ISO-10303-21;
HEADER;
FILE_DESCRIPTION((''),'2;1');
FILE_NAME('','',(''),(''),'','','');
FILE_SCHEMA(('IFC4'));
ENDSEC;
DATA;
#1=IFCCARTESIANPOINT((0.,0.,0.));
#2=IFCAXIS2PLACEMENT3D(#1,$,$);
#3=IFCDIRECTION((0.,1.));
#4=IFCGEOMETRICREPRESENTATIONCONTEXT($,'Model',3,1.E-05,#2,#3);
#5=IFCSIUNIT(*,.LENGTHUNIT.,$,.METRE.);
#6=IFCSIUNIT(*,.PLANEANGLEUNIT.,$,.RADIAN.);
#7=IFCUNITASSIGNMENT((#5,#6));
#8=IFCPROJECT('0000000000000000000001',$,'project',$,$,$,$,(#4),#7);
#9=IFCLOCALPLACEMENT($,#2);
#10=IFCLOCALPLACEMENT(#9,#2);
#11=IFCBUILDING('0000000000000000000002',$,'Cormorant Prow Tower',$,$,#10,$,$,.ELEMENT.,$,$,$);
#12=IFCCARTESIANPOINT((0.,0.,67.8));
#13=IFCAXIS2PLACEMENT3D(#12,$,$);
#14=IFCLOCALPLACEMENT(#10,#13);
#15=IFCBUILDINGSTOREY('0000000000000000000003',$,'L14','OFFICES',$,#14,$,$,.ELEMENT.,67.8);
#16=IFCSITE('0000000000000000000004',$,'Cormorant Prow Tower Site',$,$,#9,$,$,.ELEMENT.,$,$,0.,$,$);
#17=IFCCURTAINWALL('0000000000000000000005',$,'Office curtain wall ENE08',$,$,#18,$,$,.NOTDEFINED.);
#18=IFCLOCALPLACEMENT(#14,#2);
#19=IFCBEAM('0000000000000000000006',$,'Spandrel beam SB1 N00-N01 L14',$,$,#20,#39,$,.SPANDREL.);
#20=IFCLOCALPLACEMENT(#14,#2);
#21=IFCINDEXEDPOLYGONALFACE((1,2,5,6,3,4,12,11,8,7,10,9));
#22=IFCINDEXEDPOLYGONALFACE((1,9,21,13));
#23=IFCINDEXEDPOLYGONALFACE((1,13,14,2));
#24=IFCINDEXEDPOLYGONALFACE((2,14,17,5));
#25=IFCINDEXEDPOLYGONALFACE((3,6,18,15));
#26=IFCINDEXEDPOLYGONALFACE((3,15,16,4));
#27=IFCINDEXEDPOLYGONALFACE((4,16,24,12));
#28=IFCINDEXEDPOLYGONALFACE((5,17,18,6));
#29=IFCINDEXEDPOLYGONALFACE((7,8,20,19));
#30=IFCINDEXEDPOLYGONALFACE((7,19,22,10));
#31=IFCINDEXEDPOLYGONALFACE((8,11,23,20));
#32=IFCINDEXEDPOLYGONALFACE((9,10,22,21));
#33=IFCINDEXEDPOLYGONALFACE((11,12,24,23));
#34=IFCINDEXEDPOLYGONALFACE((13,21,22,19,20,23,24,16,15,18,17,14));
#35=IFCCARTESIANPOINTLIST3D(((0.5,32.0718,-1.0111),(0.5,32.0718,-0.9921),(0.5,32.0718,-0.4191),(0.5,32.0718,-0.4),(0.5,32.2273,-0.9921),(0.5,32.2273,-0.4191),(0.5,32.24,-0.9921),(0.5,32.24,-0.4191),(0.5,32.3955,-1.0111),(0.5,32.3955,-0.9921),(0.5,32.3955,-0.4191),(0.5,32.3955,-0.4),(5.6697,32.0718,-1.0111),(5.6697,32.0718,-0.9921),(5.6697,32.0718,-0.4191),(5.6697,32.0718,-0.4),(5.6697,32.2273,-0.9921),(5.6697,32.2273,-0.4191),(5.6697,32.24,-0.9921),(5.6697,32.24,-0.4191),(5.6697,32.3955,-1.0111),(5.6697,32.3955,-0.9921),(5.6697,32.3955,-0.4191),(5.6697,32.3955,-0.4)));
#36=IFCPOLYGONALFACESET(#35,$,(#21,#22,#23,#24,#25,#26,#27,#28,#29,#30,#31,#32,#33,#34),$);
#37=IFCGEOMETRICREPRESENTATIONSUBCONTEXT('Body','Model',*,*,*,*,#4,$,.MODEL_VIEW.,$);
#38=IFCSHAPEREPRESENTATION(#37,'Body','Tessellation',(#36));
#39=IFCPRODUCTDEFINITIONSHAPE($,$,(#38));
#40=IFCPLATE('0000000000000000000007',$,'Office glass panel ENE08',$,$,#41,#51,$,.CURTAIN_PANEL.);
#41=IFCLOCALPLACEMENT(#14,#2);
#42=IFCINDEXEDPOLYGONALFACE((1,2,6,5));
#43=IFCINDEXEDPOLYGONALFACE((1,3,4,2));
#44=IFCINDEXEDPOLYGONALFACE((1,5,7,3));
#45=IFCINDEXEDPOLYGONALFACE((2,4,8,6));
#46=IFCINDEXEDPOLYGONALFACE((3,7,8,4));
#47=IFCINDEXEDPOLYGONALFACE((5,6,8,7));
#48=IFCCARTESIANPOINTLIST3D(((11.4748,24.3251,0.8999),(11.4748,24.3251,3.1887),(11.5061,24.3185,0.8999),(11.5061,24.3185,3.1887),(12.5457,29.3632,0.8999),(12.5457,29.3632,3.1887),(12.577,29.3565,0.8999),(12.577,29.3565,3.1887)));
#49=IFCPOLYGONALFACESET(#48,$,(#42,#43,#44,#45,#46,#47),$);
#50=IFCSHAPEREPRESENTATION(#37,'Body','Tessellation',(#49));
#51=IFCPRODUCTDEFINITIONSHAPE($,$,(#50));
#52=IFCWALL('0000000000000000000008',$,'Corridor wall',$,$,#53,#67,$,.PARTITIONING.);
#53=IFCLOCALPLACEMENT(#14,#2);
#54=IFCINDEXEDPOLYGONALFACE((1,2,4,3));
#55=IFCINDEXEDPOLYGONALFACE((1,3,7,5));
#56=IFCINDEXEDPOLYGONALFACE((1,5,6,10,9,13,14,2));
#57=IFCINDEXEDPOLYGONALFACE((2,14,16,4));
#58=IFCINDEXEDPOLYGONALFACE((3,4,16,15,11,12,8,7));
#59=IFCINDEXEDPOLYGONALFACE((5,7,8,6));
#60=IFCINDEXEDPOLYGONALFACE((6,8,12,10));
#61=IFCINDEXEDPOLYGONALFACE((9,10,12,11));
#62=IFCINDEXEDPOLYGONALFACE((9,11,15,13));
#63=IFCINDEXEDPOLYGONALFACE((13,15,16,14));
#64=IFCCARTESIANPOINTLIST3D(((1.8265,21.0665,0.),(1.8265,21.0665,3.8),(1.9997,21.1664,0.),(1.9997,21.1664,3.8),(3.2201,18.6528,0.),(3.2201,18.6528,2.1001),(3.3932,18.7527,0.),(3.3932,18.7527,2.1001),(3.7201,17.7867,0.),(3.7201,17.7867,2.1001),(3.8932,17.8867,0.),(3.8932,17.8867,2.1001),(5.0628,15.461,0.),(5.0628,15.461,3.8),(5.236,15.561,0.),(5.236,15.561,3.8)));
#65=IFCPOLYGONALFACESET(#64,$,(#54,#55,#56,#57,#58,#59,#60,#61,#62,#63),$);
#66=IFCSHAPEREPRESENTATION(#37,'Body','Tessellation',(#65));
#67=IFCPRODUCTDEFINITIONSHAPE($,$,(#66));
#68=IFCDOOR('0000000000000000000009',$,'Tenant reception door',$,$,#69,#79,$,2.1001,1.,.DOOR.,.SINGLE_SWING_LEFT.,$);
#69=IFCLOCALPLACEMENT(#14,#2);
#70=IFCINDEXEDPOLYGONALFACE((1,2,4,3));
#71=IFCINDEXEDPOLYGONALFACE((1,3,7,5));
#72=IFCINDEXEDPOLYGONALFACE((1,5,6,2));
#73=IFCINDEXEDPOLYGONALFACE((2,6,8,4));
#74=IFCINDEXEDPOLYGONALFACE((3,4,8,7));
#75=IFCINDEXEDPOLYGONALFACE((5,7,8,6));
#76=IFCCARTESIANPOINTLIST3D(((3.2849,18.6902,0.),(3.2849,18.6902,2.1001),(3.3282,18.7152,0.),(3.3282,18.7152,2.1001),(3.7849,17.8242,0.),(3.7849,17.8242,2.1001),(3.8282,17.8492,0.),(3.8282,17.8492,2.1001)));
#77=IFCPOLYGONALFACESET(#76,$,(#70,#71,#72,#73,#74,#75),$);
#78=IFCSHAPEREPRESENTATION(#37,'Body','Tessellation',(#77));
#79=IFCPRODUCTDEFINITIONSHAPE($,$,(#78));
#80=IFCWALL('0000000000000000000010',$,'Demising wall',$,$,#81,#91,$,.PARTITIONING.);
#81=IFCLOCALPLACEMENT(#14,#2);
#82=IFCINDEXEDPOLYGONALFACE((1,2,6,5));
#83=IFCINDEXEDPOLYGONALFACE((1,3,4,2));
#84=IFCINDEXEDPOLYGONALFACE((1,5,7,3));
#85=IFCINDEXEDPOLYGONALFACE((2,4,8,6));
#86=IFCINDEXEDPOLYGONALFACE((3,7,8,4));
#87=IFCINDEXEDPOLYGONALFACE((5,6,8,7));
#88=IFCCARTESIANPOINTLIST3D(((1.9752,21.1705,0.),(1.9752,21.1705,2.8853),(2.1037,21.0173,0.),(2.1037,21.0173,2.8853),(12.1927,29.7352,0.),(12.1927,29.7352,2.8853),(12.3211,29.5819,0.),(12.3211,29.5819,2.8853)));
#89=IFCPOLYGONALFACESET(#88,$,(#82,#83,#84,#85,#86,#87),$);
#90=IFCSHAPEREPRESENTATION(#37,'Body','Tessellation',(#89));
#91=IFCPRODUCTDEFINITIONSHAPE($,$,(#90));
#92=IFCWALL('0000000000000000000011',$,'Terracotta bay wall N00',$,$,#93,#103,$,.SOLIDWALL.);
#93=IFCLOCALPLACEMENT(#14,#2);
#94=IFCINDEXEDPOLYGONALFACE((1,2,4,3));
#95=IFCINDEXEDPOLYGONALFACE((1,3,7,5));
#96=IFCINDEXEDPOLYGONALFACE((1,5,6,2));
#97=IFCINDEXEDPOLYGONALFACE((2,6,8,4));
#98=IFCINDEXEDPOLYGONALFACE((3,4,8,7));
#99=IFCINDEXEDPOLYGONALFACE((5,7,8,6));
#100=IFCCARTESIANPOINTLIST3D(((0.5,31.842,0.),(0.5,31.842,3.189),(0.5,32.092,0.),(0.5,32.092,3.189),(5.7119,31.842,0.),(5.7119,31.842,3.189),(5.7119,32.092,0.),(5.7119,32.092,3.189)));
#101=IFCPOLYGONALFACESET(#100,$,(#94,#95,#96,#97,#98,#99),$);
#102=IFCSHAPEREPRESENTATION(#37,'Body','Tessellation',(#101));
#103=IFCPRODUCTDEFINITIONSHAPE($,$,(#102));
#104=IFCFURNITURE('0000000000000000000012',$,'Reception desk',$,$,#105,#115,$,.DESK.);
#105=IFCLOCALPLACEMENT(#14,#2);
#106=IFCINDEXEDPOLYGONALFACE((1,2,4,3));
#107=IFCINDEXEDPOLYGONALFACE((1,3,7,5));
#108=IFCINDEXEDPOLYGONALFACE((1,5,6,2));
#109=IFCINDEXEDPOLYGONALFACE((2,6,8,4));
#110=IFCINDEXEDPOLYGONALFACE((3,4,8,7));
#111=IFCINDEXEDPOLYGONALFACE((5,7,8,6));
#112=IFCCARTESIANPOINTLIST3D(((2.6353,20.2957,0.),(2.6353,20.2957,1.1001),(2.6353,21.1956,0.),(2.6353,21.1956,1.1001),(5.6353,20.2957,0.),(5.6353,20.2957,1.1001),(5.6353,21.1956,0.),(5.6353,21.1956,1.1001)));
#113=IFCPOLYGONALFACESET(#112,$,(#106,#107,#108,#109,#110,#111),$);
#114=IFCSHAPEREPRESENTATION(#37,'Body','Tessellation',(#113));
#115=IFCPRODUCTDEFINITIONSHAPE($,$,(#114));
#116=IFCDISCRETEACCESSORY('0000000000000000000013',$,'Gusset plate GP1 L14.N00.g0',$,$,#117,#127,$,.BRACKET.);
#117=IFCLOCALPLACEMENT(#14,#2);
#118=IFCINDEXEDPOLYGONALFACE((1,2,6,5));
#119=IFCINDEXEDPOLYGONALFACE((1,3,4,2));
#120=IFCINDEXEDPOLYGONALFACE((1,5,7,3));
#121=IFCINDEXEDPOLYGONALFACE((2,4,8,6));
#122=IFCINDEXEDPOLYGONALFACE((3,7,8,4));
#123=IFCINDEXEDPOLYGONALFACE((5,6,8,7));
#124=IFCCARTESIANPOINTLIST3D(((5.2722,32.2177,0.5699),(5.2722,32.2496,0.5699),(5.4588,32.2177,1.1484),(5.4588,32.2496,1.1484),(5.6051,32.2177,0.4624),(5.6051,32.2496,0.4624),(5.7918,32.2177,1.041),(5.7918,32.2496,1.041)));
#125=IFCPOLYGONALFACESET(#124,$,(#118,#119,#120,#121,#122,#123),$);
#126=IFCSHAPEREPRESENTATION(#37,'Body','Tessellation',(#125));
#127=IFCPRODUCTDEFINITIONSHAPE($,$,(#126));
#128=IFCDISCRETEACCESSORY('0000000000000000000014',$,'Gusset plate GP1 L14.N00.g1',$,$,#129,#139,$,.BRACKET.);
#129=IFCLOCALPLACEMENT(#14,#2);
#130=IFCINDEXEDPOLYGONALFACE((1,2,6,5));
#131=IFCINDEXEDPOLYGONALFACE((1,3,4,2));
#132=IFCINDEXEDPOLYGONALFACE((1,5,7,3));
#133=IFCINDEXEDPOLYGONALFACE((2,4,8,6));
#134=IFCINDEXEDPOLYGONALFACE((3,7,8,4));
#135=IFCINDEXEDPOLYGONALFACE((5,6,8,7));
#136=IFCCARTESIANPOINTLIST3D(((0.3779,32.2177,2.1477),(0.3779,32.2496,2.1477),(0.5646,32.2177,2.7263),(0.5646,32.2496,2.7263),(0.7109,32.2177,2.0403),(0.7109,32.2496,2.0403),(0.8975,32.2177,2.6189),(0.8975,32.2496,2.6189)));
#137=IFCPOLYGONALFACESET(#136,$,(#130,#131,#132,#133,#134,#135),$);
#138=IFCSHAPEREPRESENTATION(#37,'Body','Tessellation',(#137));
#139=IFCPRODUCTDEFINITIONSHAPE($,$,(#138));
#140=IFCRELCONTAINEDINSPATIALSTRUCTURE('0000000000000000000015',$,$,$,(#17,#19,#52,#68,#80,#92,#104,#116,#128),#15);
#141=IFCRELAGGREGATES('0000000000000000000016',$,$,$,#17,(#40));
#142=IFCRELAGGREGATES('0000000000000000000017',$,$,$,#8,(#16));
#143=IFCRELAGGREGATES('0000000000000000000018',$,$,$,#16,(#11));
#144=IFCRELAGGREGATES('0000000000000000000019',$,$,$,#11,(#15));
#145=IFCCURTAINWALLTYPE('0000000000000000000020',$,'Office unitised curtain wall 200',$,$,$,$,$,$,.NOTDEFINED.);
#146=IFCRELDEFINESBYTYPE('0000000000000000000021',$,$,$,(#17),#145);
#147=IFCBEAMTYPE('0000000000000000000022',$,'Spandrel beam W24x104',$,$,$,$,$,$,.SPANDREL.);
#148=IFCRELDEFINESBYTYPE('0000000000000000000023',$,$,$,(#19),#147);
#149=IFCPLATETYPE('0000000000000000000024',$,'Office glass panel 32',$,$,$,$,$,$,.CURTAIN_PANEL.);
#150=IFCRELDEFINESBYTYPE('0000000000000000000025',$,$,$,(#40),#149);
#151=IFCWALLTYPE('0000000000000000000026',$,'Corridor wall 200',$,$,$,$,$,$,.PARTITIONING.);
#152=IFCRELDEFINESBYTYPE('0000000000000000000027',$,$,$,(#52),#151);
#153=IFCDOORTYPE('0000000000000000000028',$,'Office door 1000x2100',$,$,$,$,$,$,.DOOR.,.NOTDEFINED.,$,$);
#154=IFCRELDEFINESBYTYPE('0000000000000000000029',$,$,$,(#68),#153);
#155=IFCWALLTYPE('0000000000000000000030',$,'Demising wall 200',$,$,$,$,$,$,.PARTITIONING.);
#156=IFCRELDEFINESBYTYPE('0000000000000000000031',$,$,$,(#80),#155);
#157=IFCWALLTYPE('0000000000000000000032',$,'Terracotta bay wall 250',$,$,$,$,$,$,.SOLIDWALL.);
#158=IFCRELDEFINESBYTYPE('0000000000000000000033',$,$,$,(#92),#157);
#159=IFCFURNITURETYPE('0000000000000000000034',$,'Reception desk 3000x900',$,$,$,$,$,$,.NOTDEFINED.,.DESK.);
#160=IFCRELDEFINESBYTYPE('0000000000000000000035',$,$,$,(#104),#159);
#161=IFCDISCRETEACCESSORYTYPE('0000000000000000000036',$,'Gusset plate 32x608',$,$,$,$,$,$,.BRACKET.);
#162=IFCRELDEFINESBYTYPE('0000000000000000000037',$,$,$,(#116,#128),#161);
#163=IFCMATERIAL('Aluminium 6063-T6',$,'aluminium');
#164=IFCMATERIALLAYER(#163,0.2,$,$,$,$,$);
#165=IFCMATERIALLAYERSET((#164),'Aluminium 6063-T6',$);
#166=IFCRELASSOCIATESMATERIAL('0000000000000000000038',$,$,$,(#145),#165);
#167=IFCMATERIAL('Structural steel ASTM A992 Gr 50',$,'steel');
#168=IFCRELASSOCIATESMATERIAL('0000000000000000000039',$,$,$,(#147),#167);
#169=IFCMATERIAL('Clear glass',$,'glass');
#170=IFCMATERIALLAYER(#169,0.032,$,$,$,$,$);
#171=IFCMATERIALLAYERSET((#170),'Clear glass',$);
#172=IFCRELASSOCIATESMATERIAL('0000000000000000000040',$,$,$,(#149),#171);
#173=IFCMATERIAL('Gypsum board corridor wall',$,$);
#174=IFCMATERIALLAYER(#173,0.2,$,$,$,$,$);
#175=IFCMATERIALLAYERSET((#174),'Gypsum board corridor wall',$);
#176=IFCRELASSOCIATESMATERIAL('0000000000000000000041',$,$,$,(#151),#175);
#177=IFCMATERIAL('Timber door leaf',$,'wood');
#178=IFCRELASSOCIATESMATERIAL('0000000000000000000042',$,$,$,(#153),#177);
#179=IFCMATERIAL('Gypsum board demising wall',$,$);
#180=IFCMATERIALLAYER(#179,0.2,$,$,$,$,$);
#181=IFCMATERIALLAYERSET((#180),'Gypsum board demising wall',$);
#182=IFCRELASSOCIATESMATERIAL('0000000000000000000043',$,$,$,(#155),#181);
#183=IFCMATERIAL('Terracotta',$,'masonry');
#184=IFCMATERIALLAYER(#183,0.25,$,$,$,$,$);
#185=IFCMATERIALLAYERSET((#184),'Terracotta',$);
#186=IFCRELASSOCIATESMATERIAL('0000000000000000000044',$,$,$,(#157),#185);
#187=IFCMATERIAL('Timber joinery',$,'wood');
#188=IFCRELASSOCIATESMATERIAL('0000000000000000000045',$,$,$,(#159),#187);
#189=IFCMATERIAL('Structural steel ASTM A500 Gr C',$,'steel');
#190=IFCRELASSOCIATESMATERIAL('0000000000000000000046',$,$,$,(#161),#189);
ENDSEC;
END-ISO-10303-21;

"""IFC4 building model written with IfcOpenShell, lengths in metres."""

from ifc_helpers import new_model, si_unit, direction, frame, frame_2d, origin, origin_2d, place, context, subcontext, project, spatial, rectangle, i_section, extrude, material, layer, layer_set, material_profile, profile_set, type_object, element, fill, aggregate, save


model = new_model("IFC4")

# Units and contexts
model_context = context("Model", 3, precision=1e-05, world=origin(), true_north=direction((0.0, 1.0)))
body_context = subcontext(model_context, "Body", "Model", "MODEL_VIEW")
ifc_project = project(units=[si_unit("LENGTHUNIT", "METRE"), si_unit("PLANEANGLEUNIT", "RADIAN")], contexts=[model_context])

# Site, building, storey
site_placement = place(None, origin())
site = spatial("IfcSite", under=ifc_project, at=site_placement, Name="Cormorant Prow Tower Site", CompositionType="ELEMENT", RefElevation=0.0)
building_placement = place(site_placement, origin())
building = spatial("IfcBuilding", under=site, at=building_placement, Name="Cormorant Prow Tower", CompositionType="ELEMENT")
storey_placement = place(building_placement, frame((0.0, 0.0, 67.8)))
storey = spatial("IfcBuildingStorey", under=building, at=storey_placement, Name="L14", Description="OFFICES", CompositionType="ELEMENT", Elevation=67.8)

# Curtain wall
ifc_material_1 = material(Name="Aluminium 6063-T6", Category="aluminium")
ifc_layer_1 = layer(ifc_material_1, 0.2)
ifc_layer_set_1 = layer_set([ifc_layer_1], Name="Aluminium 6063-T6")
curtain_wall_type = type_object("IfcCurtainWallType", Name="Office unitised curtain wall 200", PredefinedType="NOTDEFINED", material=ifc_layer_set_1)
curtain_wall_placement = place(storey_placement, origin())
curtain_wall = element("IfcCurtainWall", 1, at=curtain_wall_placement, inside=storey, type_object=curtain_wall_type, Name="Office curtain wall ENE08", PredefinedType="NOTDEFINED")

# Beam
ifc_material_2 = material(Name="Structural steel ASTM A992 Gr 50", Category="steel")
ifc_material_profile_1 = material_profile(ifc_material_2, i_section(OverallWidth=0.3237, OverallDepth=0.6111, WebThickness=0.0127, FlangeThickness=0.019, at=origin_2d()), Name="W24x104")
ifc_profile_set_1 = profile_set([ifc_material_profile_1], Name="Structural steel ASTM A992 Gr 50")
beam_type = type_object("IfcBeamType", Name="Spandrel beam W24x104", PredefinedType="SPANDREL", material=ifc_profile_set_1)
beam_1_placement = place(storey_placement, frame((5.6697, 32.2336, -0.7056), z_axis=(-1.0, 0.0, 0.0), x_axis=(0.0, -1.0, 0.0)))
element("IfcBeam", 2, at=beam_1_placement, inside=storey, type_object=beam_type, Name="Spandrel beam SB1 N00-N01 L14", PredefinedType="SPANDREL", context=body_context, shape_type="SweptSolid", body=[
    extrude(i_section(OverallWidth=0.3237, OverallDepth=0.6111, WebThickness=0.0127, FlangeThickness=0.019, at=origin_2d()), origin(), (0.0, 0.0, 1.0), 5.1697),
])

# Plate
ifc_material_3 = material(Name="Clear glass", Category="glass")
ifc_layer_2 = layer(ifc_material_3, 0.032)
ifc_layer_set_2 = layer_set([ifc_layer_2], Name="Clear glass")
plate_type = type_object("IfcPlateType", Name="Office glass panel 32", PredefinedType="CURTAIN_PANEL", material=ifc_layer_set_2)
plate_placement = place(storey_placement, frame((12.0259, 26.8408, 0.8999), z_axis=(0.0, 0.0, 1.0), x_axis=(0.207912, 0.978148, 0.0)))
plate = element("IfcPlate", 3, at=plate_placement, type_object=plate_type, Name="Office glass panel ENE08", PredefinedType="CURTAIN_PANEL", context=body_context, shape_type="SweptSolid", body=[
    extrude(rectangle(XDim=5.1506, YDim=0.032, at=origin_2d()), origin(), (0.0, 0.0, 1.0), 2.2888),
])
aggregate(curtain_wall, [plate])

# Wall, opening, door
ifc_material_4 = material(Name="Gypsum board corridor wall")
ifc_layer_3 = layer(ifc_material_4, 0.2)
ifc_layer_set_3 = layer_set([ifc_layer_3], Name="Gypsum board corridor wall")
wall_type_1 = type_object("IfcWallType", Name="Corridor wall 200", PredefinedType="PARTITIONING", material=ifc_layer_set_3)
wall_1_placement = place(storey_placement, frame((1.9131, 21.1165, 0.0), z_axis=(0.0, 0.0, 1.0), x_axis=(0.500001, -0.866025, 0.0)))
wall_1 = element("IfcWall", 4, at=wall_1_placement, inside=storey, type_object=wall_type_1, Name="Corridor wall", PredefinedType="PARTITIONING", context=body_context, shape_type="SweptSolid", body=[
    extrude(rectangle(XDim=6.4727, YDim=0.2, at=frame_2d((3.2363, 0.0))), origin(), (0.0, 0.0, 1.0), 3.8),
])
opening_1_placement = place(wall_1_placement, frame((2.7871, 0.0, 0.0)))
opening_1 = element("IfcOpeningElement", 5, at=opening_1_placement, cuts=wall_1, PredefinedType="OPENING", context=body_context, shape_type="SweptSolid", body=[
    extrude(rectangle(XDim=1.0, YDim=2.1001, at=frame_2d((0.5, 1.05))), frame((0.0, 0.1099, 0.0), z_axis=(0.0, -1.0, 0.0), x_axis=(1.0, 0.0, 0.0)), (0.0, 0.0, 1.0), 0.22),
])
ifc_material_5 = material(Name="Timber door leaf", Category="wood")
door_type_1 = type_object("IfcDoorType", Name="Office door 1000x2100", OperationType="NOTDEFINED", PredefinedType="DOOR", material=ifc_material_5)
door_1_placement = place(opening_1_placement, origin())
door_1 = element("IfcDoor", 6, at=door_1_placement, inside=storey, type_object=door_type_1, Name="Tenant reception door", OperationType="SINGLE_SWING_LEFT", OverallHeight=2.1001, OverallWidth=1.0, PredefinedType="DOOR", context=body_context, shape_type="SweptSolid", body=[
    extrude(rectangle(XDim=1.0, YDim=2.1001, at=frame_2d((0.5, 1.05))), frame((0.0, 0.0249, 0.0), z_axis=(0.0, -1.0, 0.0), x_axis=(1.0, 0.0, 0.0)), (0.0, 0.0, 1.0), 0.05),
])
fill(opening_1, door_1)

# Walls
ifc_material_6 = material(Name="Gypsum board demising wall")
ifc_layer_4 = layer(ifc_material_6, 0.2)
ifc_layer_set_4 = layer_set([ifc_layer_4], Name="Gypsum board demising wall")
wall_type_2 = type_object("IfcWallType", Name="Demising wall 200", PredefinedType="PARTITIONING", material=ifc_layer_set_4)
wall_2_placement = place(storey_placement, frame((2.0396, 21.094, 0.0), z_axis=(0.0, 0.0, 1.0), x_axis=(0.76637, 0.642399, 0.0)))
element("IfcWall", 7, at=wall_2_placement, inside=storey, type_object=wall_type_2, Name="Demising wall", PredefinedType="PARTITIONING", context=body_context, shape_type="SweptSolid", body=[
    extrude(rectangle(XDim=13.3323, YDim=0.2, at=frame_2d((6.666, 0.0))), origin(), (0.0, 0.0, 1.0), 2.8853),
])
ifc_material_7 = material(Name="Terracotta", Category="masonry")
ifc_layer_5 = layer(ifc_material_7, 0.25)
ifc_layer_set_5 = layer_set([ifc_layer_5], Name="Terracotta")
wall_type_3 = type_object("IfcWallType", Name="Terracotta bay wall 250", PredefinedType="SOLIDWALL", material=ifc_layer_set_5)
wall_3_placement = place(storey_placement, frame((5.7119, 31.967, 0.0), z_axis=(0.0, 0.0, 1.0), x_axis=(-1.0, 0.0, 0.0)))
element("IfcWall", 8, at=wall_3_placement, inside=storey, type_object=wall_type_3, Name="Terracotta bay wall N00", PredefinedType="SOLIDWALL", context=body_context, shape_type="SweptSolid", body=[
    extrude(rectangle(XDim=5.2119, YDim=0.25, at=frame_2d((2.606, 0.0))), origin(), (0.0, 0.0, 1.0), 3.189),
])

# Furniture
ifc_material_8 = material(Name="Timber joinery", Category="wood")
furniture_type = type_object("IfcFurnitureType", Name="Reception desk 3000x900", AssemblyPlace="NOTDEFINED", PredefinedType="DESK", material=ifc_material_8)
furniture_placement = place(storey_placement, frame((4.1353, 20.7456, 0.0), z_axis=(0.0, 0.0, 1.0), x_axis=(1.0, 0.0, 0.0)))
element("IfcFurniture", 9, at=furniture_placement, inside=storey, type_object=furniture_type, Name="Reception desk", PredefinedType="DESK", context=body_context, shape_type="SweptSolid", body=[
    extrude(rectangle(XDim=3.0, YDim=0.8999, at=origin_2d()), origin(), (0.0, 0.0, 1.0), 1.1001),
])

# Discrete accessories
ifc_material_9 = material(Name="Structural steel ASTM A500 Gr C", Category="steel")
ifc_material_profile_2 = material_profile(ifc_material_9, rectangle(XDim=0.032, YDim=0.6079, at=origin_2d()), Name="Gusset plate 32x608")
ifc_profile_set_2 = profile_set([ifc_material_profile_2], Name="Structural steel ASTM A500 Gr C")
discrete_accessory_type = type_object("IfcDiscreteAccessoryType", Name="Gusset plate 32x608", PredefinedType="BRACKET", material=ifc_profile_set_2)
for number, where, z_axis, x_axis, name in (
    (10, (5.3655, 32.2336, 0.8591), (0.951709, 0.0, -0.307003), (0.0, 1.0, 0.0), "Gusset plate GP1 L14.N00.g0"),
    (11, (0.8042, 32.2336, 2.3296), (-0.951709, 0.0, 0.307003), (0.0, -1.0, 0.0), "Gusset plate GP1 L14.N00.g1"),
):
    element("IfcDiscreteAccessory", number, at=place(storey_placement, frame(where, z_axis=z_axis, x_axis=x_axis)), inside=storey, type_object=discrete_accessory_type, Name=name, PredefinedType="BRACKET", context=body_context, shape_type="SweptSolid", body=[
        extrude(rectangle(XDim=0.032, YDim=0.6079, at=origin_2d()), origin(), (0.0, 0.0, 1.0), 0.3499),
    ])

save(model, "model.ifc")
